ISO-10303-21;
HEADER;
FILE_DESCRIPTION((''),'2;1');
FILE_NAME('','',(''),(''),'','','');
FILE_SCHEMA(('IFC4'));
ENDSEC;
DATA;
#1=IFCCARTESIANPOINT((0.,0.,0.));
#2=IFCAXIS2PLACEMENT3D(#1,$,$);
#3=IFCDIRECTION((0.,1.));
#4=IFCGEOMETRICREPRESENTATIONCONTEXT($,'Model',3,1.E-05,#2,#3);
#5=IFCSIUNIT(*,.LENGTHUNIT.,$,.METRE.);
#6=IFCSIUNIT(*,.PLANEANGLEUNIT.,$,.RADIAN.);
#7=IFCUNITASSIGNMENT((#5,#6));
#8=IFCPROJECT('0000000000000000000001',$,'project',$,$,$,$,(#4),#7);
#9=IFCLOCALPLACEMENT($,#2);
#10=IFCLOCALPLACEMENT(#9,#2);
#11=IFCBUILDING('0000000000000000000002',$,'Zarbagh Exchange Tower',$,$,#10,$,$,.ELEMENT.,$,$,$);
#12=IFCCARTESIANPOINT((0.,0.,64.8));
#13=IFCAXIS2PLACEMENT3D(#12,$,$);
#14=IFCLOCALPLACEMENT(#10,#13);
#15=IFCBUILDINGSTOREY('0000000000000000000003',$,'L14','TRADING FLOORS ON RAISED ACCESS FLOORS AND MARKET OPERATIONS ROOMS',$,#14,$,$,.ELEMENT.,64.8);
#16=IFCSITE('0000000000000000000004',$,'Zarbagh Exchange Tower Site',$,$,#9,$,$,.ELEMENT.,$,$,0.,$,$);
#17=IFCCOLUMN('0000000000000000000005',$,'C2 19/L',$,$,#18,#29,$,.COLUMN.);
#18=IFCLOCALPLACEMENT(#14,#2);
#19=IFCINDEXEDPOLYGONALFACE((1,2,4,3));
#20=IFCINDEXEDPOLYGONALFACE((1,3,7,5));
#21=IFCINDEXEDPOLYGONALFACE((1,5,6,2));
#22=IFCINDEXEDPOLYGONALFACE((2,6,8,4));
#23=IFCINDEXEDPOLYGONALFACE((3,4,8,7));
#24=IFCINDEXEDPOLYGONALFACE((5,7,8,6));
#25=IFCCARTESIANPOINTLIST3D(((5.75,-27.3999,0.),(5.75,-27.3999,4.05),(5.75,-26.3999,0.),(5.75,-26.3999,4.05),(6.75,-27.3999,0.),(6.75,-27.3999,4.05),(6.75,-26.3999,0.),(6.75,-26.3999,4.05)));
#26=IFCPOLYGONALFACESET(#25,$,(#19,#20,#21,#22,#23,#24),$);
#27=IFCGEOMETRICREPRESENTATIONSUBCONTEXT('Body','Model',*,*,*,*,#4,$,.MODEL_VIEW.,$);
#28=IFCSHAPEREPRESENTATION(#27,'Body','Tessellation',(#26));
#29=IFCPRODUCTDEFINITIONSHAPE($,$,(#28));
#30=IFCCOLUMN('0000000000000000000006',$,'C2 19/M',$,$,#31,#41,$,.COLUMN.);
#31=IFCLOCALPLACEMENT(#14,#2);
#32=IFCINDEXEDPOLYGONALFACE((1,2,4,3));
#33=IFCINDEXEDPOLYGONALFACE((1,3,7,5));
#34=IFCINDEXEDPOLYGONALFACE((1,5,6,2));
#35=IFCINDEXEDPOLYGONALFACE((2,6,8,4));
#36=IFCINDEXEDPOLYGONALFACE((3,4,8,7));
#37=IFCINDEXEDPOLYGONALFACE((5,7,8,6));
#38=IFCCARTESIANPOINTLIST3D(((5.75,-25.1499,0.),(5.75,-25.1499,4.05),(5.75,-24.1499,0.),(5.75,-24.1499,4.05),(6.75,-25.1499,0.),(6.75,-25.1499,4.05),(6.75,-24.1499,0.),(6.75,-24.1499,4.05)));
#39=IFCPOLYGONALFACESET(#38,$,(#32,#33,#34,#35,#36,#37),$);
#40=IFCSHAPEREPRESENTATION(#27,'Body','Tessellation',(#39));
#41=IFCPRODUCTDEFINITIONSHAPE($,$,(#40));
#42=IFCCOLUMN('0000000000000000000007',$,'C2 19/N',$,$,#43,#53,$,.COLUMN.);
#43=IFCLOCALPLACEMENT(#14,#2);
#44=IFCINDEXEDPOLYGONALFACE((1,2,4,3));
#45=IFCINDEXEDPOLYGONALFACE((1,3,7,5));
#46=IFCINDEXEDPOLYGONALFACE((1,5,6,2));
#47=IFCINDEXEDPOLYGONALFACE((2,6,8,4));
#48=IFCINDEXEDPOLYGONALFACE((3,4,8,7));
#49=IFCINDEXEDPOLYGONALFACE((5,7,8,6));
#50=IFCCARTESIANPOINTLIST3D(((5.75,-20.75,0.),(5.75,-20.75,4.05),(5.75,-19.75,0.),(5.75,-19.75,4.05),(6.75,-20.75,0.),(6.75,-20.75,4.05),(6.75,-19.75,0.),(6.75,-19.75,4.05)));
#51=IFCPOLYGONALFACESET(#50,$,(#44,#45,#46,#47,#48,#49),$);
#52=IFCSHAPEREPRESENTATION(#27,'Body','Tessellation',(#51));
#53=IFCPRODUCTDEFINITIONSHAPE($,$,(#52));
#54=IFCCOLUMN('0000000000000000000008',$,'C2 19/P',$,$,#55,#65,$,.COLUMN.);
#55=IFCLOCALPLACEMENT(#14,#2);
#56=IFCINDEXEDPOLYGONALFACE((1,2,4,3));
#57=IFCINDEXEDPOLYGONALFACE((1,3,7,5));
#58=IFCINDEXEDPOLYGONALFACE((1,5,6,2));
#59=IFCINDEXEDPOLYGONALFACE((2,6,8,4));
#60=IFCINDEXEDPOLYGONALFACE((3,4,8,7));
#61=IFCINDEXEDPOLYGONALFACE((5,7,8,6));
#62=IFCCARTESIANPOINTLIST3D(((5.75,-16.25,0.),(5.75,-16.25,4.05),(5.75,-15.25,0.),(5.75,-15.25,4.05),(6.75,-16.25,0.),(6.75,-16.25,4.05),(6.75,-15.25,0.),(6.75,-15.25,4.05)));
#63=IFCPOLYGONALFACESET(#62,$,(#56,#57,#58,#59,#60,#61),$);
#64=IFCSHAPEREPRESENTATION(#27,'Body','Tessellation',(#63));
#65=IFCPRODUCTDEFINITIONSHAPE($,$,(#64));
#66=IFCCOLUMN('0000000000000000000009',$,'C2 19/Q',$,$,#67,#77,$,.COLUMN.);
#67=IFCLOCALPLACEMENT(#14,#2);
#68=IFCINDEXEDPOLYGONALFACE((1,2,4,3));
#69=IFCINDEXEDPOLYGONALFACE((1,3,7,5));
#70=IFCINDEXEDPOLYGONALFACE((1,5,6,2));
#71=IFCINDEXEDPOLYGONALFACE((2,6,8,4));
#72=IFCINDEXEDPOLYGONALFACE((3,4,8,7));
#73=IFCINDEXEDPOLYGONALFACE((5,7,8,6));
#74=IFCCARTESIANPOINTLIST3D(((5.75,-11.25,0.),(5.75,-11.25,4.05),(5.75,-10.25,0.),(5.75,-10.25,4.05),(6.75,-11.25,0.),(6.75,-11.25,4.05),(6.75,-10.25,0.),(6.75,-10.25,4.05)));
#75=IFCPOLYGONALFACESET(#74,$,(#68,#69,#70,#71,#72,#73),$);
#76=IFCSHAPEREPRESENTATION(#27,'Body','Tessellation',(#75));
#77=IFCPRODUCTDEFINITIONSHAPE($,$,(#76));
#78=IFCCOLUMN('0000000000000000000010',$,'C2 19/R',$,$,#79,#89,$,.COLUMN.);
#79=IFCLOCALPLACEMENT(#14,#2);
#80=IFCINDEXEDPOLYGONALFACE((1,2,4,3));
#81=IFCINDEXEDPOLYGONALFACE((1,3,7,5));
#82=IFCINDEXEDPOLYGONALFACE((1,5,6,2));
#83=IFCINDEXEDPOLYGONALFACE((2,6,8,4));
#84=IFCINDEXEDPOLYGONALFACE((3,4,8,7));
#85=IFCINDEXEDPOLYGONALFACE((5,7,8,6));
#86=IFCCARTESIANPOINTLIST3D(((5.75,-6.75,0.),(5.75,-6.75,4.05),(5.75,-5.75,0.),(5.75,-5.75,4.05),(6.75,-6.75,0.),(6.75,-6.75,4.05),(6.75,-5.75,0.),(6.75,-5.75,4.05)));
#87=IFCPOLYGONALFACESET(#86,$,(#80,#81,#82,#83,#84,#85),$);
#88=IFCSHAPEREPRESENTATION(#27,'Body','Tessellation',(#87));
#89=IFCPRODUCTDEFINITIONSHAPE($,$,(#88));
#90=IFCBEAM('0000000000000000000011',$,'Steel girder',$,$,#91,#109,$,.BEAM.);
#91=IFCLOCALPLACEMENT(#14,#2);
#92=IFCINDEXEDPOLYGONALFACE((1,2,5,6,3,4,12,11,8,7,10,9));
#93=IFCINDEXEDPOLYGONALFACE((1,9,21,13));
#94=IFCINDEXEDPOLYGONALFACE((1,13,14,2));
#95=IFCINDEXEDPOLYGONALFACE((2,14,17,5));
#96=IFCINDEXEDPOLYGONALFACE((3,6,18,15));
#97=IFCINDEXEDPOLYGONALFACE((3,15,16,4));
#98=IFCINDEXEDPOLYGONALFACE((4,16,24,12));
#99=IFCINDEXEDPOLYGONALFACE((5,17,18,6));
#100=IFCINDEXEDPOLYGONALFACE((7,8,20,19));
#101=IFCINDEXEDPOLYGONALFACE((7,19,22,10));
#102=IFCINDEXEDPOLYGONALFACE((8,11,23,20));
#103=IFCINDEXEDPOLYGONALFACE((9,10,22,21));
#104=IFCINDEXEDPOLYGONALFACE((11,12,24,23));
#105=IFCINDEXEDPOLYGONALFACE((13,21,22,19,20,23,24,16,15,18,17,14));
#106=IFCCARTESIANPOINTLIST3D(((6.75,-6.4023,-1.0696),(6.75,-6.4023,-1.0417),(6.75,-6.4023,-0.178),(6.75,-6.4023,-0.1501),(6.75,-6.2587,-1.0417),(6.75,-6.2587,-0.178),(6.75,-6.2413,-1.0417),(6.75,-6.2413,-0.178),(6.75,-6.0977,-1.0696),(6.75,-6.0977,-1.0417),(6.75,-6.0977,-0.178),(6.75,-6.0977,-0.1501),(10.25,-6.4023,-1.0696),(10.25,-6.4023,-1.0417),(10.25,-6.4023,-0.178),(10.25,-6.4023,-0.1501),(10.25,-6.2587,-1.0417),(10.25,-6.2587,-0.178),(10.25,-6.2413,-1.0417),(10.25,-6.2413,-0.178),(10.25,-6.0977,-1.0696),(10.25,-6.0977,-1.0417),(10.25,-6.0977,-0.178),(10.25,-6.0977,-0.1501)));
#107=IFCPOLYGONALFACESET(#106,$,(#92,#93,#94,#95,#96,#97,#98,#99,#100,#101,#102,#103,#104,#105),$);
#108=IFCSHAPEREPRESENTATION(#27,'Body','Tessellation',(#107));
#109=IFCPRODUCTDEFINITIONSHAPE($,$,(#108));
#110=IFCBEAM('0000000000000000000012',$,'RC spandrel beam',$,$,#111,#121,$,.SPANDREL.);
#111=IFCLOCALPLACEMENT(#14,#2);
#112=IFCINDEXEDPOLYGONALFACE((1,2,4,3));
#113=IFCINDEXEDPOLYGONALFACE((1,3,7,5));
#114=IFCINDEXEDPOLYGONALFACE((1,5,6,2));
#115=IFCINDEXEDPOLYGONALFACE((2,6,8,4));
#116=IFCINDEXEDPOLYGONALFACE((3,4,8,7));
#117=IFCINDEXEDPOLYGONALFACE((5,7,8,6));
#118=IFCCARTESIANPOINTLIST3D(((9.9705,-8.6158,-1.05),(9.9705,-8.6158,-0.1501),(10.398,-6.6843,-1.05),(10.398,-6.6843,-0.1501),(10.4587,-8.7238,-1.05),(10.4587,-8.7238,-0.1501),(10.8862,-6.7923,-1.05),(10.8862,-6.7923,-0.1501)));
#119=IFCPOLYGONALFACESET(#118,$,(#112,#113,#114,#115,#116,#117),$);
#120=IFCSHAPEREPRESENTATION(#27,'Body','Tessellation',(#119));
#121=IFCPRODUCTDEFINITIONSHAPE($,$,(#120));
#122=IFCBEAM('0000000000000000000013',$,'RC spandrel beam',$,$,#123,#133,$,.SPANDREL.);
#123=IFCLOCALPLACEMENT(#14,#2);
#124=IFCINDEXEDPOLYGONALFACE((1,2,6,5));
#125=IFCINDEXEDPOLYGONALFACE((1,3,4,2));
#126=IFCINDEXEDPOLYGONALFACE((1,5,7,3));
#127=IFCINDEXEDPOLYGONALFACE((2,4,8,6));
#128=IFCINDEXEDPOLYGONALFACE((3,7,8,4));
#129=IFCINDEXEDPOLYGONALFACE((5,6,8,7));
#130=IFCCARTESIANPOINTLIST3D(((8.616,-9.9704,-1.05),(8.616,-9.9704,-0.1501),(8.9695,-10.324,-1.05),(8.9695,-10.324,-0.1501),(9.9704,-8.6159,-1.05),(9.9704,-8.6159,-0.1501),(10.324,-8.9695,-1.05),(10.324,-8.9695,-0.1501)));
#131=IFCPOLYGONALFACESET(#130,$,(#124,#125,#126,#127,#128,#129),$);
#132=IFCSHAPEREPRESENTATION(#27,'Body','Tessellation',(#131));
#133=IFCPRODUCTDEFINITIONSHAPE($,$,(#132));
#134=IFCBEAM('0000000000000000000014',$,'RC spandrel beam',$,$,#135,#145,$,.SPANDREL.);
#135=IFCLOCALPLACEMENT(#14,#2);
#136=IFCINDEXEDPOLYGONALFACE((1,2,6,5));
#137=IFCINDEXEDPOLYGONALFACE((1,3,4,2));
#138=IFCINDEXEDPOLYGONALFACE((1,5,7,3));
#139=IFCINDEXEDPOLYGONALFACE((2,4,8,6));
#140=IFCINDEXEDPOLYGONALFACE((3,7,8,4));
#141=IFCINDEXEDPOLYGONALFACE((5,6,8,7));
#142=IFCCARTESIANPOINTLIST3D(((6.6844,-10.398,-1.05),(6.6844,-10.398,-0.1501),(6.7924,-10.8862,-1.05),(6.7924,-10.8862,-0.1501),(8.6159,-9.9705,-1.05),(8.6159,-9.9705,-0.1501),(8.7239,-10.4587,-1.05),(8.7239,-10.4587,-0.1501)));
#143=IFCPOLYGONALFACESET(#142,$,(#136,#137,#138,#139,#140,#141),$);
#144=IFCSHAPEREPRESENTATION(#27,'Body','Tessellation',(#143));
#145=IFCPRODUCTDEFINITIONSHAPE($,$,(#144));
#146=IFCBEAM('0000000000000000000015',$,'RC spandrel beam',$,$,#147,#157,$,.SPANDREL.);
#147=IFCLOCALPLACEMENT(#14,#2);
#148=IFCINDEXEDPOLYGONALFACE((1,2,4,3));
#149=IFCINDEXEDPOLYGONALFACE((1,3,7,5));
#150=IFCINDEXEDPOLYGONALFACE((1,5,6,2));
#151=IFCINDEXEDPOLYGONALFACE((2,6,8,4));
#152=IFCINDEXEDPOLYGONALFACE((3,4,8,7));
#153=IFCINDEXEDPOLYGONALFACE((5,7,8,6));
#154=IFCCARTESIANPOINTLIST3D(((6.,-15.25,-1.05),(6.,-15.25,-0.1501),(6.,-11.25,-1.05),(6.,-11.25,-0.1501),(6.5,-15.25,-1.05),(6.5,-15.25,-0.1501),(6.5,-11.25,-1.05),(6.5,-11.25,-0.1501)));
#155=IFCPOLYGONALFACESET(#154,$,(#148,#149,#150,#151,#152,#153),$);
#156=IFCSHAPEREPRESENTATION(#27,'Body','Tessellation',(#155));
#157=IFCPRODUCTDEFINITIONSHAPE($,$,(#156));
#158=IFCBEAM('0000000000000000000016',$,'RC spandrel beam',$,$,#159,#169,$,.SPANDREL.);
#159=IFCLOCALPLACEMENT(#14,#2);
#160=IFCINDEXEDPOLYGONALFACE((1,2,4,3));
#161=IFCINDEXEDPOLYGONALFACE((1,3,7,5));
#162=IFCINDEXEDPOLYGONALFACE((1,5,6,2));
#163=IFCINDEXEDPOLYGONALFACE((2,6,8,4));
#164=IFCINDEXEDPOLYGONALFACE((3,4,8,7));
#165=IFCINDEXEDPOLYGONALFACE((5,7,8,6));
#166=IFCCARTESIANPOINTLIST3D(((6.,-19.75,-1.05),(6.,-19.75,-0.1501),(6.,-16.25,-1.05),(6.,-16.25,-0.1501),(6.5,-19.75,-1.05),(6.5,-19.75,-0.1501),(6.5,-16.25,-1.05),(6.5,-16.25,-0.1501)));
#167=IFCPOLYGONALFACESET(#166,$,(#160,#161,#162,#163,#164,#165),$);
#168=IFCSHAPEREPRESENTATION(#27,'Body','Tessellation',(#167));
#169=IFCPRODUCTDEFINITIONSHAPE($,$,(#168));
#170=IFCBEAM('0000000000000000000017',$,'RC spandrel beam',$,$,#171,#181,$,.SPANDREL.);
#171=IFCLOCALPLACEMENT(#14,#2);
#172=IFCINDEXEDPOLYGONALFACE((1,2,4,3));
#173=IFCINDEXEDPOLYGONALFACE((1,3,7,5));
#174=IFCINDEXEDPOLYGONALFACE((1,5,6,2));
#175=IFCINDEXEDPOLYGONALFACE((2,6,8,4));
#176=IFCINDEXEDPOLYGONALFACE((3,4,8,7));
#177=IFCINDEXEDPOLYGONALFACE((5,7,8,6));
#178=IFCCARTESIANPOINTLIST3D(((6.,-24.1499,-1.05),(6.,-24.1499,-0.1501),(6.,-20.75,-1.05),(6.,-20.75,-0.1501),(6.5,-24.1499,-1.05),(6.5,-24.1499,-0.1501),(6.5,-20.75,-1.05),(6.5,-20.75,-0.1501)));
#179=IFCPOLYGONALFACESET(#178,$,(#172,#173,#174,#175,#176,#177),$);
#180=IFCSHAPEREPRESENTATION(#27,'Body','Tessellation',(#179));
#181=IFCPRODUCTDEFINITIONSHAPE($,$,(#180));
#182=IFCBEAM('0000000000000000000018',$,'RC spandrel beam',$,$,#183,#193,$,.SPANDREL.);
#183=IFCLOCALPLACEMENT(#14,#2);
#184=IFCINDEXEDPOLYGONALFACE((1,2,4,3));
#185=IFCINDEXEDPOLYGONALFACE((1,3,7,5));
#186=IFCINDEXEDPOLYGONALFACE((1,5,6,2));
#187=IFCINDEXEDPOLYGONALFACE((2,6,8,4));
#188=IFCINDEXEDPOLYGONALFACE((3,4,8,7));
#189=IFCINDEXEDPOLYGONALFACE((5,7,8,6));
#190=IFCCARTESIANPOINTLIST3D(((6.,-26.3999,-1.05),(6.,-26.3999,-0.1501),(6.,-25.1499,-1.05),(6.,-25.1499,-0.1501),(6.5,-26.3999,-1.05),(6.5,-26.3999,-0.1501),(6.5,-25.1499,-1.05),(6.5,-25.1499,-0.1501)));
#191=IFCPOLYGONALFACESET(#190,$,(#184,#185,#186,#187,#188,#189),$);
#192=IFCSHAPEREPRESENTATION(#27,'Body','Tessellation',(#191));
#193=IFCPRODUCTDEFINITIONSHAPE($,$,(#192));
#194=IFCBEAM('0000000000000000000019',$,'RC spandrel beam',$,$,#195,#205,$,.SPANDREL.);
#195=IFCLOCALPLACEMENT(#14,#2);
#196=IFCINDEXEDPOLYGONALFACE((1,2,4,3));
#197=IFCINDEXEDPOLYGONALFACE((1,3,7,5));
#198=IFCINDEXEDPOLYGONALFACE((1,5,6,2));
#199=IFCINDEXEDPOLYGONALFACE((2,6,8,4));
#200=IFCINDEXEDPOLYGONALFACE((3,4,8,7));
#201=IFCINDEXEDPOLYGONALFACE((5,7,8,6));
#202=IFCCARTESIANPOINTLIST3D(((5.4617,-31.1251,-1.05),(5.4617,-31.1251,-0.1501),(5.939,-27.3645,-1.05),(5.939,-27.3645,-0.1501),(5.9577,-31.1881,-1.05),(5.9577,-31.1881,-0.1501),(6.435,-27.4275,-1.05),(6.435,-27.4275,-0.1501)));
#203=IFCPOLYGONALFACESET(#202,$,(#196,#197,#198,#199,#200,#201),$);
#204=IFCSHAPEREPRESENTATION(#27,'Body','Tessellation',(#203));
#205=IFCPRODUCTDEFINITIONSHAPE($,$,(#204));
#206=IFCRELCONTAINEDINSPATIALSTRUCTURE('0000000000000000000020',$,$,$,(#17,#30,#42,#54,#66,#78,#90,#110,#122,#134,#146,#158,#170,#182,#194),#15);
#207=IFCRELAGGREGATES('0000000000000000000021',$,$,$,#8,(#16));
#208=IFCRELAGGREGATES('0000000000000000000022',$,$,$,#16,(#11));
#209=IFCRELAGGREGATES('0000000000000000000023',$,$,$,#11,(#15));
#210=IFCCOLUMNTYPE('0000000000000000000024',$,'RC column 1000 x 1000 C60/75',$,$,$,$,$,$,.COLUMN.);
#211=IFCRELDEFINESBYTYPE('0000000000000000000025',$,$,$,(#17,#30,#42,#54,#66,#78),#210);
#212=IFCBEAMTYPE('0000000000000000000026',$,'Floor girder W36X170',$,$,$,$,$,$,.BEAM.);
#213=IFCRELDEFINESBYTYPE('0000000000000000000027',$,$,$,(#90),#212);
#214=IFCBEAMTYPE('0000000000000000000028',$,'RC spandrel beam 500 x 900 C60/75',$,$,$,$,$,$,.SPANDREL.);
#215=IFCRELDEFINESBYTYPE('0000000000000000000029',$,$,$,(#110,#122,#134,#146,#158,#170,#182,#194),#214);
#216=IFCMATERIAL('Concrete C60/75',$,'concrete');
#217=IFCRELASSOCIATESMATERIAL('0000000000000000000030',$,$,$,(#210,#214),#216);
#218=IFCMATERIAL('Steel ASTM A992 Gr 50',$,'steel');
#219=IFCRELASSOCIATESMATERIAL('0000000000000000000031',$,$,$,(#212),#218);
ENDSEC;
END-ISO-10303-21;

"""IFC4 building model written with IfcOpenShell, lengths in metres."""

from ifc_helpers import new_model, si_unit, direction, frame, origin, origin_2d, place, context, subcontext, project, spatial, rectangle, i_section, extrude, material, material_profile, profile_set, type_object, element, save


model = new_model("IFC4")

# Units and contexts
model_context = context("Model", 3, precision=1e-05, world=origin(), true_north=direction((0.0, 1.0)))
body_context = subcontext(model_context, "Body", "Model", "MODEL_VIEW")
ifc_project = project(units=[si_unit("LENGTHUNIT", "METRE"), si_unit("PLANEANGLEUNIT", "RADIAN")], contexts=[model_context])

# Site, building, storey
site_placement = place(None, origin())
site = spatial("IfcSite", under=ifc_project, at=site_placement, Name="Zarbagh Exchange Tower Site", CompositionType="ELEMENT", RefElevation=0.0)
building_placement = place(site_placement, origin())
building = spatial("IfcBuilding", under=site, at=building_placement, Name="Zarbagh Exchange Tower", CompositionType="ELEMENT")
storey_placement = place(building_placement, frame((0.0, 0.0, 64.8)))
storey = spatial("IfcBuildingStorey", under=building, at=storey_placement, Name="L14", Description="TRADING FLOORS ON RAISED ACCESS FLOORS AND MARKET OPERATIONS ROOMS", CompositionType="ELEMENT", Elevation=64.8)

# Columns
ifc_material_1 = material(Name="Concrete C60/75", Category="concrete")
ifc_material_profile_1 = material_profile(ifc_material_1, rectangle(XDim=1.0, YDim=1.0, at=origin_2d()), Name="RC column 1000 x 1000 C60/75")
ifc_profile_set_1 = profile_set([ifc_material_profile_1], Name="Concrete C60/75")
column_type = type_object("IfcColumnType", Name="RC column 1000 x 1000 C60/75", PredefinedType="COLUMN", material=ifc_profile_set_1)
for number, where, z_axis, x_axis, name in (
    (1, (6.25, -26.8999, 0.0), (0.0, 0.0, 1.0), (1.0, 0.0, 0.0), "C2 19/L"),
    (2, (6.25, -24.6499, 0.0), (0.0, 0.0, 1.0), (1.0, 0.0, 0.0), "C2 19/M"),
    (3, (6.25, -20.25, 0.0), (0.0, 0.0, 1.0), (1.0, 0.0, 0.0), "C2 19/N"),
    (4, (6.25, -15.75, 0.0), (0.0, 0.0, 1.0), (1.0, 0.0, 0.0), "C2 19/P"),
    (5, (6.25, -10.75, 0.0), (0.0, 0.0, 1.0), (1.0, 0.0, 0.0), "C2 19/Q"),
    (6, (6.25, -6.25, 0.0), (0.0, 0.0, 1.0), (1.0, 0.0, 0.0), "C2 19/R"),
):
    element("IfcColumn", number, at=place(storey_placement, frame(where, z_axis=z_axis, x_axis=x_axis)), inside=storey, type_object=column_type, Name=name, PredefinedType="COLUMN", context=body_context, shape_type="SweptSolid", body=[
        extrude(rectangle(XDim=1.0, YDim=1.0, at=origin_2d()), origin(), (0.0, 0.0, 1.0), 4.05),
    ])

# Beams
ifc_material_2 = material(Name="Steel ASTM A992 Gr 50", Category="steel")
ifc_material_profile_2 = material_profile(ifc_material_2, i_section(OverallWidth=0.3047, OverallDepth=0.9194, WebThickness=0.0173, FlangeThickness=0.0278, at=origin_2d()), Name="W36X170")
ifc_profile_set_2 = profile_set([ifc_material_profile_2], Name="Steel ASTM A992 Gr 50")
beam_type_1 = type_object("IfcBeamType", Name="Floor girder W36X170", PredefinedType="BEAM", material=ifc_profile_set_2)
beam_1_placement = place(storey_placement, frame((6.75, -6.25, -0.6099), z_axis=(1.0, 0.0, 0.0), x_axis=(0.0, 1.0, 0.0)))
element("IfcBeam", 7, at=beam_1_placement, inside=storey, type_object=beam_type_1, Name="Steel girder", PredefinedType="BEAM", context=body_context, shape_type="SweptSolid", body=[
    extrude(i_section(OverallWidth=0.3047, OverallDepth=0.9194, WebThickness=0.0173, FlangeThickness=0.0278, at=origin_2d()), origin(), (0.0, 0.0, 1.0), 3.5),
])
ifc_material_profile_3 = material_profile(ifc_material_1, rectangle(XDim=0.5, YDim=0.8999, at=origin_2d()), Name="RC spandrel beam 500 x 900 C60/75")
ifc_profile_set_3 = profile_set([ifc_material_profile_3], Name="Concrete C60/75")
beam_type_2 = type_object("IfcBeamType", Name="RC spandrel beam 500 x 900 C60/75", PredefinedType="SPANDREL", material=ifc_profile_set_3)
beam_2_placement = place(storey_placement, frame((10.6421, -6.7383, -0.6001), z_axis=(-0.216081, -0.976375, 0.0), x_axis=(0.976375, -0.216081, 0.0)))
element("IfcBeam", 8, at=beam_2_placement, inside=storey, type_object=beam_type_2, Name="RC spandrel beam", PredefinedType="SPANDREL", context=body_context, shape_type="SweptSolid", body=[
    extrude(rectangle(XDim=0.5, YDim=0.8999, at=origin_2d()), origin(), (0.0, 0.0, 1.0), 1.9783),
])
beam_3_placement = place(storey_placement, frame((10.1472, -8.7927, -0.6001), z_axis=(-0.707107, -0.707107, 0.0), x_axis=(0.707107, -0.707107, 0.0)))
element("IfcBeam", 9, at=beam_3_placement, inside=storey, type_object=beam_type_2, Name="RC spandrel beam", PredefinedType="SPANDREL", context=body_context, shape_type="SweptSolid", body=[
    extrude(rectangle(XDim=0.5, YDim=0.8999, at=origin_2d()), origin(), (0.0, 0.0, 1.0), 1.9155),
])
beam_4_placement = place(storey_placement, frame((8.6699, -10.2146, -0.6001), z_axis=(-0.976375, -0.216081, 0.0), x_axis=(0.216081, -0.976375, 0.0)))
element("IfcBeam", 10, at=beam_4_placement, inside=storey, type_object=beam_type_2, Name="RC spandrel beam", PredefinedType="SPANDREL", context=body_context, shape_type="SweptSolid", body=[
    extrude(rectangle(XDim=0.5, YDim=0.8999, at=origin_2d()), origin(), (0.0, 0.0, 1.0), 1.9783),
])
beam_5_placement = place(storey_placement, frame((6.25, -11.25, -0.6001), z_axis=(0.0, -1.0, 0.0), x_axis=(1.0, 0.0, 0.0)))
element("IfcBeam", 11, at=beam_5_placement, inside=storey, type_object=beam_type_2, Name="RC spandrel beam", PredefinedType="SPANDREL", context=body_context, shape_type="SweptSolid", body=[
    extrude(rectangle(XDim=0.5, YDim=0.8999, at=origin_2d()), origin(), (0.0, 0.0, 1.0), 4.0),
])
beam_6_placement = place(storey_placement, frame((6.25, -16.25, -0.6001), z_axis=(0.0, -1.0, 0.0), x_axis=(1.0, 0.0, 0.0)))
element("IfcBeam", 12, at=beam_6_placement, inside=storey, type_object=beam_type_2, Name="RC spandrel beam", PredefinedType="SPANDREL", context=body_context, shape_type="SweptSolid", body=[
    extrude(rectangle(XDim=0.5, YDim=0.8999, at=origin_2d()), origin(), (0.0, 0.0, 1.0), 3.5),
])
beam_7_placement = place(storey_placement, frame((6.25, -20.75, -0.6001), z_axis=(0.0, -1.0, 0.0), x_axis=(1.0, 0.0, 0.0)))
element("IfcBeam", 13, at=beam_7_placement, inside=storey, type_object=beam_type_2, Name="RC spandrel beam", PredefinedType="SPANDREL", context=body_context, shape_type="SweptSolid", body=[
    extrude(rectangle(XDim=0.5, YDim=0.8999, at=origin_2d()), origin(), (0.0, 0.0, 1.0), 3.3999),
])
beam_8_placement = place(storey_placement, frame((6.25, -25.1499, -0.6001), z_axis=(0.0, -1.0, 0.0), x_axis=(1.0, 0.0, 0.0)))
element("IfcBeam", 14, at=beam_8_placement, inside=storey, type_object=beam_type_2, Name="RC spandrel beam", PredefinedType="SPANDREL", context=body_context, shape_type="SweptSolid", body=[
    extrude(rectangle(XDim=0.5, YDim=0.8999, at=origin_2d()), origin(), (0.0, 0.0, 1.0), 1.25),
])
beam_9_placement = place(storey_placement, frame((6.187, -27.396, -0.6001), z_axis=(-0.125913, -0.992041, 0.0), x_axis=(0.992041, -0.125913, 0.0)))
element("IfcBeam", 15, at=beam_9_placement, inside=storey, type_object=beam_type_2, Name="RC spandrel beam", PredefinedType="SPANDREL", context=body_context, shape_type="SweptSolid", body=[
    extrude(rectangle(XDim=0.5, YDim=0.8999, at=origin_2d()), origin(), (0.0, 0.0, 1.0), 3.7908),
])

save(model, "model.ifc")
